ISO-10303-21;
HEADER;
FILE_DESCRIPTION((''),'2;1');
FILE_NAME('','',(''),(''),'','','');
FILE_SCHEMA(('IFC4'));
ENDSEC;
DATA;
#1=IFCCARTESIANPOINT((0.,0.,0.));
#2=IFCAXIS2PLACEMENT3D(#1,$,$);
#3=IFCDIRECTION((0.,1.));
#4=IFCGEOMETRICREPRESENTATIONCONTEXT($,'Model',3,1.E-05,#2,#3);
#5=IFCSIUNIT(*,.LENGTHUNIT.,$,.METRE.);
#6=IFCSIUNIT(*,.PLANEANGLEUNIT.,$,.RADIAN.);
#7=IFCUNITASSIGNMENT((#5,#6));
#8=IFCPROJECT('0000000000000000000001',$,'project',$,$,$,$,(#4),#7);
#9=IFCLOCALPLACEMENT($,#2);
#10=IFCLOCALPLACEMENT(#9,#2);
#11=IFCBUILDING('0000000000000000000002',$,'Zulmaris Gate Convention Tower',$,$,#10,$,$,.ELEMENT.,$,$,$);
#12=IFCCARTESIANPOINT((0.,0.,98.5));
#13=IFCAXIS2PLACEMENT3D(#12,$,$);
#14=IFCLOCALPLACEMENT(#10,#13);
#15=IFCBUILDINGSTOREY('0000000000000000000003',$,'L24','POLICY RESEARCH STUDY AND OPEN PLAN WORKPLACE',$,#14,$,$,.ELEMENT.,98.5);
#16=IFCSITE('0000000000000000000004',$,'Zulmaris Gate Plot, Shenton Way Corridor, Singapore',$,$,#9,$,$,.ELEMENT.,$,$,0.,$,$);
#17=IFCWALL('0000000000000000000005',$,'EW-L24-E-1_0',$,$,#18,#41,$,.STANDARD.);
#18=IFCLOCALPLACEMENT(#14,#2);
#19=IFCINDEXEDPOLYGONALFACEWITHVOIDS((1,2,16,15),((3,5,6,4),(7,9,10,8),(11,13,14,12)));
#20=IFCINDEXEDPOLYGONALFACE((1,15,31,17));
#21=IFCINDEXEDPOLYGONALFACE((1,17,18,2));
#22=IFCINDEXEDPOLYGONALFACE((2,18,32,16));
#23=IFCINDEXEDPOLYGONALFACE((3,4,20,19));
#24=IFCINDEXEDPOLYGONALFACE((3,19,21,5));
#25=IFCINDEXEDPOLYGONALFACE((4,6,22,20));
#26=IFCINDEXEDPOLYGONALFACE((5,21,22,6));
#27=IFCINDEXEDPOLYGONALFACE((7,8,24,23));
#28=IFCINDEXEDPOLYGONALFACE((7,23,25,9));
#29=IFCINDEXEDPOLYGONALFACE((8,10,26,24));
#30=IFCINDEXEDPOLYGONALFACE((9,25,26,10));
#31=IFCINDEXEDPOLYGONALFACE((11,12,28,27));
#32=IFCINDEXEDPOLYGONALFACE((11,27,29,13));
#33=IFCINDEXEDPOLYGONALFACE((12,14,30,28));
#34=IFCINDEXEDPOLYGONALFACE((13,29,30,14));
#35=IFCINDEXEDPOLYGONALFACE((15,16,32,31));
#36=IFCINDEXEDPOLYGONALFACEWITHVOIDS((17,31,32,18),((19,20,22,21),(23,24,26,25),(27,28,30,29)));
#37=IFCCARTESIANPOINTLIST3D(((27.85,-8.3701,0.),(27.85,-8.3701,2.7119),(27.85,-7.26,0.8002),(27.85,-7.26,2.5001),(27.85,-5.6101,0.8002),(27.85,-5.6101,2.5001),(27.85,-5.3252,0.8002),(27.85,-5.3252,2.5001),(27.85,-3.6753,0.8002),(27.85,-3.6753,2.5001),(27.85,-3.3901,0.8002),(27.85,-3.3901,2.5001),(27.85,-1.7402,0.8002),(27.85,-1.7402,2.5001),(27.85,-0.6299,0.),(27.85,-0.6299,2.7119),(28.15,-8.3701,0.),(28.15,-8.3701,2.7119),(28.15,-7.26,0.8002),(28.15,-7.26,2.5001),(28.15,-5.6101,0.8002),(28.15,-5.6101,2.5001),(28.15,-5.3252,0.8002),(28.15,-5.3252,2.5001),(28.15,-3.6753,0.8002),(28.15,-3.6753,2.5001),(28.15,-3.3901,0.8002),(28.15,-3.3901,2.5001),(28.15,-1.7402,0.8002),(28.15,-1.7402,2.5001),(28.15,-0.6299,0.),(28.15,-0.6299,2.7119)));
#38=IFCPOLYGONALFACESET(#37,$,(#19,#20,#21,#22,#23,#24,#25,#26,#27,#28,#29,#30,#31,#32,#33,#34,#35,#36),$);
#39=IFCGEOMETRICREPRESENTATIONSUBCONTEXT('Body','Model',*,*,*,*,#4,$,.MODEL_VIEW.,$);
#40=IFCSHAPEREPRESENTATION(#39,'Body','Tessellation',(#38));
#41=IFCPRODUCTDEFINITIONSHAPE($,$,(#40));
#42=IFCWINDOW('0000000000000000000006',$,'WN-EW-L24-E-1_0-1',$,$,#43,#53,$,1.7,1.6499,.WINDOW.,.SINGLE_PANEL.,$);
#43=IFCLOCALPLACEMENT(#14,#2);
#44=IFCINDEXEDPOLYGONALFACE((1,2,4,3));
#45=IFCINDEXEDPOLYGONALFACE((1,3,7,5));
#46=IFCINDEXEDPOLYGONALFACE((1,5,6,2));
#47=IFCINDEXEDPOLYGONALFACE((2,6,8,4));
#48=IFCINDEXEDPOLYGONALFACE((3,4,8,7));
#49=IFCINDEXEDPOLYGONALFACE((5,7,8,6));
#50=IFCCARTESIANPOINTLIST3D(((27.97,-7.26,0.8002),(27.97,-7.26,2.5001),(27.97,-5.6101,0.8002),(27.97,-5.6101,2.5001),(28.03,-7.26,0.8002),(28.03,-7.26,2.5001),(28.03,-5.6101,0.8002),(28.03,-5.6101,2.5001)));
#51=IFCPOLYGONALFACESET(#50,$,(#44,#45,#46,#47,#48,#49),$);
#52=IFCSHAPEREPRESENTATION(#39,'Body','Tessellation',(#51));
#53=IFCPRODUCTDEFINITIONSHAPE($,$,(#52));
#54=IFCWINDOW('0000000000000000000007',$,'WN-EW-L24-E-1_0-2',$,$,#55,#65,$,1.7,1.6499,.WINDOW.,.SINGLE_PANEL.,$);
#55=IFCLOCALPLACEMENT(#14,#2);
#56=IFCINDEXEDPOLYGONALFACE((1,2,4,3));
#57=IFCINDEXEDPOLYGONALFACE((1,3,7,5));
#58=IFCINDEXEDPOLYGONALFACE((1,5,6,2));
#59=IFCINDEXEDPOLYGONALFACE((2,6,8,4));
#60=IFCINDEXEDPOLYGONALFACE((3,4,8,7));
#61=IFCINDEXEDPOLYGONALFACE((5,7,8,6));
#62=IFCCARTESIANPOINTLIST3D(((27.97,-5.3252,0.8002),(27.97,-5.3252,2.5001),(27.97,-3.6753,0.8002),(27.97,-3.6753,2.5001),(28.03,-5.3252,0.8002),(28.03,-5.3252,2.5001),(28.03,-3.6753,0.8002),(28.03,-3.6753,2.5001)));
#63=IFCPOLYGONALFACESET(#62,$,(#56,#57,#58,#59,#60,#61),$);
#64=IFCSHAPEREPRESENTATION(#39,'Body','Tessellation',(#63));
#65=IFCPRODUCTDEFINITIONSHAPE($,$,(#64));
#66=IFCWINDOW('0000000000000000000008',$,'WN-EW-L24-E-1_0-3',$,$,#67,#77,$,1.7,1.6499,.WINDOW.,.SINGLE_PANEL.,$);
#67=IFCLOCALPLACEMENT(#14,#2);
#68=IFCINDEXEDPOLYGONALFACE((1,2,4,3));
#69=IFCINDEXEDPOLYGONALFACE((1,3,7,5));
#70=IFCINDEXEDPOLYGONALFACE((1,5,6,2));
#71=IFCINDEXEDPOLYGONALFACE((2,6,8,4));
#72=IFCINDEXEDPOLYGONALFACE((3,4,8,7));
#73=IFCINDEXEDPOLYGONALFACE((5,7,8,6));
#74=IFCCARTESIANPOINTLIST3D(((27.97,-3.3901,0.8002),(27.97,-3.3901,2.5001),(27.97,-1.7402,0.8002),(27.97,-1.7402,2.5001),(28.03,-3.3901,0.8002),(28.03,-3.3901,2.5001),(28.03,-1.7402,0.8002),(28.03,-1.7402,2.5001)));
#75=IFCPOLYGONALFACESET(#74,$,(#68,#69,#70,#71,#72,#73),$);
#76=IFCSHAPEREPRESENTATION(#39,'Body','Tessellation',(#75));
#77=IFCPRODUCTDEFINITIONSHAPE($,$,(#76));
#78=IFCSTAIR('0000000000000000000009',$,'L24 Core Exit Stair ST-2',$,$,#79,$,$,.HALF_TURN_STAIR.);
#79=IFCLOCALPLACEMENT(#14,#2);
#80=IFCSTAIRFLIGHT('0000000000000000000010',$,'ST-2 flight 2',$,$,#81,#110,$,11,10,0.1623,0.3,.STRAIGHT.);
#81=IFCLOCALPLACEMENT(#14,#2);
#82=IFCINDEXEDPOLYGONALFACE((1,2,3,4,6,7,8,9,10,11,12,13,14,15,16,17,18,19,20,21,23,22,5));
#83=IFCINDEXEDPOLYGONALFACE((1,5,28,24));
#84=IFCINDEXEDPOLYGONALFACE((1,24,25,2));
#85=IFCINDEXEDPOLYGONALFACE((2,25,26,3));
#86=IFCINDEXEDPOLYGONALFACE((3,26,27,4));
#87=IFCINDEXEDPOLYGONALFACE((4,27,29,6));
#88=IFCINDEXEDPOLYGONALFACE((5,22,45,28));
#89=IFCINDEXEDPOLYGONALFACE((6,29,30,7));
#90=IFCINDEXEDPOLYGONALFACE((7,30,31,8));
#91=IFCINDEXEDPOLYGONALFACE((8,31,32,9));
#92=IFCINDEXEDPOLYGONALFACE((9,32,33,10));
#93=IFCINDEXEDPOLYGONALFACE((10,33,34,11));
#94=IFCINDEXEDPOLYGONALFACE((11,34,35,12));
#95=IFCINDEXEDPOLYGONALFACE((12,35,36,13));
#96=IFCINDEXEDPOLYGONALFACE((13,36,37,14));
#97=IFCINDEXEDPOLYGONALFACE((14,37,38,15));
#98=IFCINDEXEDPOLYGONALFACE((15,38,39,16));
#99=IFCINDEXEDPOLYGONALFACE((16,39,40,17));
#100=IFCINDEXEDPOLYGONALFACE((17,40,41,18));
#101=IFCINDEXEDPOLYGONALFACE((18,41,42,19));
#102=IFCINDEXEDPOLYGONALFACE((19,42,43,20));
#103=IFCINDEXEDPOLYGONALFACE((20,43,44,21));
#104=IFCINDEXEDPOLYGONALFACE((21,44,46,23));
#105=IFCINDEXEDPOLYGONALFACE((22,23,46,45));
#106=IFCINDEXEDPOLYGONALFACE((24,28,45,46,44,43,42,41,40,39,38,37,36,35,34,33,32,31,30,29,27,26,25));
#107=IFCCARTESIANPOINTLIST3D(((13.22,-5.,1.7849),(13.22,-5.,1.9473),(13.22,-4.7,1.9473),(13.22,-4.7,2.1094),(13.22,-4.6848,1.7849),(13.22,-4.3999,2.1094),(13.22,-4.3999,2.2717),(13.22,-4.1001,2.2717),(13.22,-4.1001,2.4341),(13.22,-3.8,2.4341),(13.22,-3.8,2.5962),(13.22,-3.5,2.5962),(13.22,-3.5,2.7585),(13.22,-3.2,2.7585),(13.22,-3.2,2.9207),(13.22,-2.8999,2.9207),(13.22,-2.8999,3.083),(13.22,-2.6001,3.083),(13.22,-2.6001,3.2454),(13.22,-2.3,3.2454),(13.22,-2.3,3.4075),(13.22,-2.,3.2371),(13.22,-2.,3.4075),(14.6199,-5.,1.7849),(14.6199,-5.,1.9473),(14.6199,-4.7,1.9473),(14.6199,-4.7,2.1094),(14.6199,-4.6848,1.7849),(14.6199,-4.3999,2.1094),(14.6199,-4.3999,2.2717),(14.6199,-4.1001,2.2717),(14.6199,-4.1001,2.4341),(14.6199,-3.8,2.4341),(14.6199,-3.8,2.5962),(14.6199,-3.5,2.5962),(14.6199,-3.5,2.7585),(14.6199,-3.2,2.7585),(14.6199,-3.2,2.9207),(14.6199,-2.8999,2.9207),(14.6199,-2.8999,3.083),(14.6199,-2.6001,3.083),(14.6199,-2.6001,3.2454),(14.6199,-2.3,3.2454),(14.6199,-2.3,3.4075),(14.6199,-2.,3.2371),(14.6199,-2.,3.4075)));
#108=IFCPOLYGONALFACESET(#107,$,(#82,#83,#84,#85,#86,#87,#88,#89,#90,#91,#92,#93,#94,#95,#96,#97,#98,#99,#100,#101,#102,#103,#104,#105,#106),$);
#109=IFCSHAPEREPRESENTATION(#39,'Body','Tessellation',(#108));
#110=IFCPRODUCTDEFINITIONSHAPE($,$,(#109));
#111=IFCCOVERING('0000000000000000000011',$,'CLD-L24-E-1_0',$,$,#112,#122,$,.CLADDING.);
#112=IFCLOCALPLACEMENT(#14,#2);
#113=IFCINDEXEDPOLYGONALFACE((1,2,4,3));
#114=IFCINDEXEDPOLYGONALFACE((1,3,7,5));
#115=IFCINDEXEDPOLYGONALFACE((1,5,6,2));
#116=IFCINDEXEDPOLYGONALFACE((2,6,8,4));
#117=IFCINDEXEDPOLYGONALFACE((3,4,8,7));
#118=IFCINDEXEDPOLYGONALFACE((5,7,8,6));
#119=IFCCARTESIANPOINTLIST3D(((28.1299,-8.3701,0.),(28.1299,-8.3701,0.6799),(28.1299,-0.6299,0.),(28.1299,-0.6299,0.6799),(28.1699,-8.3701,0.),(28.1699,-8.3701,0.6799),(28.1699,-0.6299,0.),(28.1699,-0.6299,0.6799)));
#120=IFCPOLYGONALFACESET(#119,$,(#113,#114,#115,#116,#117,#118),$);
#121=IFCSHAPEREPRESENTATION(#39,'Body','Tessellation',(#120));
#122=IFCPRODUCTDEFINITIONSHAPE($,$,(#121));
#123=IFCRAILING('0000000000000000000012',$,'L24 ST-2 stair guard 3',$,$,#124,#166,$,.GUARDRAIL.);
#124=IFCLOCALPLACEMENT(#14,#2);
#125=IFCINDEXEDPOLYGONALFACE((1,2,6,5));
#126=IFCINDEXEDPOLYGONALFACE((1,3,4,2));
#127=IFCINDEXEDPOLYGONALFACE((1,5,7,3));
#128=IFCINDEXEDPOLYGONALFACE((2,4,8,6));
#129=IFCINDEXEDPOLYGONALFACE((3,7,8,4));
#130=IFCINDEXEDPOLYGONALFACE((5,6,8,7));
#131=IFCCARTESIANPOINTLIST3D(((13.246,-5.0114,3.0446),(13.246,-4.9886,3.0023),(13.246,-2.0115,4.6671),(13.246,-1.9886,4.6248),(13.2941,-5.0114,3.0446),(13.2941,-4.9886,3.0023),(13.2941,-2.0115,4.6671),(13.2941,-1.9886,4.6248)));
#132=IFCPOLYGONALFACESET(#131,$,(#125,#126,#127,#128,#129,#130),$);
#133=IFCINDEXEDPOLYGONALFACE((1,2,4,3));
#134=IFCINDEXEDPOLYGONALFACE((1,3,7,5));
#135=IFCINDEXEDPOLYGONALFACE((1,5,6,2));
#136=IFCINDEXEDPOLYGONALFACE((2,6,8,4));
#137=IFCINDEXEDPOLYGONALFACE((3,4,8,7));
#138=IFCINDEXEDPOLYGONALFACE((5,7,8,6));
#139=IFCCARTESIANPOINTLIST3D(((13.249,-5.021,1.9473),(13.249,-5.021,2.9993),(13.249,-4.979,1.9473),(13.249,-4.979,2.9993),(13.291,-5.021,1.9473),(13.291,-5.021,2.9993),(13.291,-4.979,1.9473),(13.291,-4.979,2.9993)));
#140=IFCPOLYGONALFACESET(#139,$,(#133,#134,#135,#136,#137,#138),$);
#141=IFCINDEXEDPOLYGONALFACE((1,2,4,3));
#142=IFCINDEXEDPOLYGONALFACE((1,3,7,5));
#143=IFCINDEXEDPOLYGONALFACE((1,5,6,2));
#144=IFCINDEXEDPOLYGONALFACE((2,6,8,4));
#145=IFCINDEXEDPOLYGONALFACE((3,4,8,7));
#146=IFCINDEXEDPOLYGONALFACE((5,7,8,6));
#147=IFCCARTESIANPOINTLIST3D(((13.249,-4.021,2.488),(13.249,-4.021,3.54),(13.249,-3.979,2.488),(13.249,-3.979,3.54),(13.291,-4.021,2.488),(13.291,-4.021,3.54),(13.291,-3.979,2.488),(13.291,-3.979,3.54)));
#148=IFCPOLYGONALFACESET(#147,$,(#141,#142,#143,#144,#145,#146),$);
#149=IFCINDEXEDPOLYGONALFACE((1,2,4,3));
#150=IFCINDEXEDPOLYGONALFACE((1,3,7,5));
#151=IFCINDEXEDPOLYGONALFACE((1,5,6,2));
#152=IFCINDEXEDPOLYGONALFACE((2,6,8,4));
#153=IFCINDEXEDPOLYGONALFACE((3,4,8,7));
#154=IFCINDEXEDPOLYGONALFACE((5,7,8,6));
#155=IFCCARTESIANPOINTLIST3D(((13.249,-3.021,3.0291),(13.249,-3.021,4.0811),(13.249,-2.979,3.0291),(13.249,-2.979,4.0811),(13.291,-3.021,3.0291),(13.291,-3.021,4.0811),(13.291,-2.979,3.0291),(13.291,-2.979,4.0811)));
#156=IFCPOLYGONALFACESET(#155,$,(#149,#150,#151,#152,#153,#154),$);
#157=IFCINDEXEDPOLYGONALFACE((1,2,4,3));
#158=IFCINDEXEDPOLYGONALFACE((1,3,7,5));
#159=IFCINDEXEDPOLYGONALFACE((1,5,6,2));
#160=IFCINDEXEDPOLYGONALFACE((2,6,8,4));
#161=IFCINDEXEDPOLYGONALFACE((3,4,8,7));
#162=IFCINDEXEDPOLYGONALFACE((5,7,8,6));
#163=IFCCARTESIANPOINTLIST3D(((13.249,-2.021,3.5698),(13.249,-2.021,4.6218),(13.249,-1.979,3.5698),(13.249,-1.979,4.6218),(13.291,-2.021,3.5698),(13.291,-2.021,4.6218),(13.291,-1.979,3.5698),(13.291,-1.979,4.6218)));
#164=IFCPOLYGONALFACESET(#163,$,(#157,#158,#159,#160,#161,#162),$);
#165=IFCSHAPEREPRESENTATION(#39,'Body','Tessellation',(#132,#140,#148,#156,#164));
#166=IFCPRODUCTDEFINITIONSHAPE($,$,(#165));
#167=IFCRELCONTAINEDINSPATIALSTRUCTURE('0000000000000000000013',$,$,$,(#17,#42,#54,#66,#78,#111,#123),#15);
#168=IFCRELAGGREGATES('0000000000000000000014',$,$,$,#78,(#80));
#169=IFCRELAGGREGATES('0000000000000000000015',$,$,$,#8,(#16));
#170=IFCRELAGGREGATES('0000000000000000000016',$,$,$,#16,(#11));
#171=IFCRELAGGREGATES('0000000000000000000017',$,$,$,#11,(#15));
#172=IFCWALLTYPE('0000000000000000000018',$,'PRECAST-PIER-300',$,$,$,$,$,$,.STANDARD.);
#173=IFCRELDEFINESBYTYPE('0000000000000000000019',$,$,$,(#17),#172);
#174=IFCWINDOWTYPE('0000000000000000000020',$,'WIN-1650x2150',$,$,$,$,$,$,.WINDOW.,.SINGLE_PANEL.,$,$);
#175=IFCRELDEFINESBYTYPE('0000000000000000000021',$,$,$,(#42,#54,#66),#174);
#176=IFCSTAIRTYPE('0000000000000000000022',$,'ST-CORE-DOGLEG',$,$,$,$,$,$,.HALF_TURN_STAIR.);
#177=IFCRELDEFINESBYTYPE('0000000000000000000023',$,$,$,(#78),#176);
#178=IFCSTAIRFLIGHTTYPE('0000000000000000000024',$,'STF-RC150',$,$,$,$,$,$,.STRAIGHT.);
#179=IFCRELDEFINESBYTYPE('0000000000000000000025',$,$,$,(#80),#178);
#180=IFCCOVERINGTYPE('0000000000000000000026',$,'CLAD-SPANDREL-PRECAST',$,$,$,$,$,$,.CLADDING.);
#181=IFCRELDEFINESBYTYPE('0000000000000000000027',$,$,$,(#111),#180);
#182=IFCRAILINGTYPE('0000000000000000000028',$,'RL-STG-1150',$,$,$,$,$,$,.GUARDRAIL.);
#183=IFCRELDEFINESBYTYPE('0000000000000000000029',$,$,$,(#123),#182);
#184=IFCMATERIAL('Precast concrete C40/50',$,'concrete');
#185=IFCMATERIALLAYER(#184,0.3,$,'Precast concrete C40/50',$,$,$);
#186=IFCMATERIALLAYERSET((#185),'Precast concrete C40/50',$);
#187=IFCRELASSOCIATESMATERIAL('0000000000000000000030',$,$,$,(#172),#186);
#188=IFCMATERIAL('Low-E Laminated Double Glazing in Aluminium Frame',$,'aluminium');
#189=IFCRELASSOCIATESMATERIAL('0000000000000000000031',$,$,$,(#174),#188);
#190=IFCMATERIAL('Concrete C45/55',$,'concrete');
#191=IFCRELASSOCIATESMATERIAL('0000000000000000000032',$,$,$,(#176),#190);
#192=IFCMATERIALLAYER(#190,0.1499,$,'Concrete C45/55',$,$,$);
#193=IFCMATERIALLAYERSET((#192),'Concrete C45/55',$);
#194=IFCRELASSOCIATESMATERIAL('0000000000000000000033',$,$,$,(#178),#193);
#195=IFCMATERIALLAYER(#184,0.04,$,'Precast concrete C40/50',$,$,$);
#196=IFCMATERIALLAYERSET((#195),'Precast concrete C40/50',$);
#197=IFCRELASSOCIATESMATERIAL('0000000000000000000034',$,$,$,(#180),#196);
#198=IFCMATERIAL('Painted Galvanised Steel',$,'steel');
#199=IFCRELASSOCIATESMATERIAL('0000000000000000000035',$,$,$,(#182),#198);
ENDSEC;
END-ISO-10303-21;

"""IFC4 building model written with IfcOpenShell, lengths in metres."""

from ifc_helpers import new_model, si_unit, direction, frame, frame_2d, origin, origin_2d, place, context, subcontext, project, spatial, polyline, rectangle, outline, extrude, material, layer, layer_set, type_object, element, fill, aggregate, save


model = new_model("IFC4")

# Units and contexts
model_context = context("Model", 3, precision=1e-05, world=origin(), true_north=direction((0.0, 1.0)))
body_context = subcontext(model_context, "Body", "Model", "MODEL_VIEW")
ifc_project = project(units=[si_unit("LENGTHUNIT", "METRE"), si_unit("PLANEANGLEUNIT", "RADIAN")], contexts=[model_context])

# Site, building, storey
site_placement = place(None, origin())
site = spatial("IfcSite", under=ifc_project, at=site_placement, Name="Zulmaris Gate Plot, Shenton Way Corridor, Singapore", CompositionType="ELEMENT", RefElevation=0.0)
building_placement = place(site_placement, origin())
building = spatial("IfcBuilding", under=site, at=building_placement, Name="Zulmaris Gate Convention Tower", CompositionType="ELEMENT")
storey_placement = place(building_placement, frame((0.0, 0.0, 98.5)))
storey = spatial("IfcBuildingStorey", under=building, at=storey_placement, Name="L24", Description="POLICY RESEARCH STUDY AND OPEN PLAN WORKPLACE", CompositionType="ELEMENT", Elevation=98.5)

# Wall, openings, windows
ifc_material_1 = material(Name="Precast concrete C40/50", Category="concrete")
ifc_layer_1 = layer(ifc_material_1, 0.3, Name="Precast concrete C40/50")
ifc_layer_set_1 = layer_set([ifc_layer_1], Name="Precast concrete C40/50")
wall_type_1 = type_object("IfcWallType", Name="PRECAST-PIER-300", PredefinedType="STANDARD", material=ifc_layer_set_1)
wall_1_placement = place(storey_placement, frame((28.0, -8.3701, 0.0), z_axis=(0.0, 0.0, 1.0), x_axis=(0.0, 1.0, 0.0)))
wall_1 = element("IfcWall", 1, at=wall_1_placement, inside=storey, type_object=wall_type_1, Name="EW-L24-E-1_0", PredefinedType="STANDARD", context=body_context, shape_type="SweptSolid", body=[
    extrude(rectangle(XDim=7.7402, YDim=0.3, at=frame_2d((3.8701, 0.0))), origin(), (0.0, 0.0, 1.0), 2.7119),
])
opening_1_placement = place(wall_1_placement, frame((1.1101, 0.0, 0.8)))
opening_1 = element("IfcOpeningElement", 2, at=opening_1_placement, cuts=wall_1, PredefinedType="OPENING", context=body_context, shape_type="SweptSolid", body=[
    extrude(rectangle(XDim=1.6499, YDim=1.7, at=frame_2d((0.825, 0.8501))), frame((0.0, 0.1602, 0.0), z_axis=(0.0, -1.0, 0.0), x_axis=(1.0, 0.0, 0.0)), (0.0, 0.0, 1.0), 0.3201),
])
opening_2_placement = place(wall_1_placement, frame((3.0449, 0.0, 0.8)))
opening_2 = element("IfcOpeningElement", 3, at=opening_2_placement, cuts=wall_1, PredefinedType="OPENING", context=body_context, shape_type="SweptSolid", body=[
    extrude(rectangle(XDim=1.6499, YDim=1.7, at=frame_2d((0.825, 0.8501))), frame((0.0, 0.1602, 0.0), z_axis=(0.0, -1.0, 0.0), x_axis=(1.0, 0.0, 0.0)), (0.0, 0.0, 1.0), 0.3201),
])
opening_3_placement = place(wall_1_placement, frame((4.98, 0.0, 0.8)))
opening_3 = element("IfcOpeningElement", 4, at=opening_3_placement, cuts=wall_1, PredefinedType="OPENING", context=body_context, shape_type="SweptSolid", body=[
    extrude(rectangle(XDim=1.6499, YDim=1.7, at=frame_2d((0.825, 0.8501))), frame((0.0, 0.1602, 0.0), z_axis=(0.0, -1.0, 0.0), x_axis=(1.0, 0.0, 0.0)), (0.0, 0.0, 1.0), 0.3201),
])
ifc_material_2 = material(Name="Low-E Laminated Double Glazing in Aluminium Frame", Category="aluminium")
window_type = type_object("IfcWindowType", Name="WIN-1650x2150", PartitioningType="SINGLE_PANEL", PredefinedType="WINDOW", material=ifc_material_2)
window_1_placement = place(opening_1_placement, origin())
window_1 = element("IfcWindow", 5, at=window_1_placement, inside=storey, type_object=window_type, Name="WN-EW-L24-E-1_0-1", OverallHeight=1.7, OverallWidth=1.6499, PartitioningType="SINGLE_PANEL", PredefinedType="WINDOW", context=body_context, shape_type="SweptSolid", body=[
    extrude(rectangle(XDim=1.6499, YDim=1.7, at=frame_2d((0.825, 0.8501))), frame((0.0, 0.03, 0.0), z_axis=(0.0, -1.0, 0.0), x_axis=(1.0, 0.0, 0.0)), (0.0, 0.0, 1.0), 0.0601),
])
fill(opening_1, window_1)
window_2_placement = place(opening_2_placement, origin())
window_2 = element("IfcWindow", 6, at=window_2_placement, inside=storey, type_object=window_type, Name="WN-EW-L24-E-1_0-2", OverallHeight=1.7, OverallWidth=1.6499, PartitioningType="SINGLE_PANEL", PredefinedType="WINDOW", context=body_context, shape_type="SweptSolid", body=[
    extrude(rectangle(XDim=1.6499, YDim=1.7, at=frame_2d((0.825, 0.8501))), frame((0.0, 0.03, 0.0), z_axis=(0.0, -1.0, 0.0), x_axis=(1.0, 0.0, 0.0)), (0.0, 0.0, 1.0), 0.0601),
])
fill(opening_2, window_2)
window_3_placement = place(opening_3_placement, origin())
window_3 = element("IfcWindow", 7, at=window_3_placement, inside=storey, type_object=window_type, Name="WN-EW-L24-E-1_0-3", OverallHeight=1.7, OverallWidth=1.6499, PartitioningType="SINGLE_PANEL", PredefinedType="WINDOW", context=body_context, shape_type="SweptSolid", body=[
    extrude(rectangle(XDim=1.6499, YDim=1.7, at=frame_2d((0.825, 0.8501))), frame((0.0, 0.03, 0.0), z_axis=(0.0, -1.0, 0.0), x_axis=(1.0, 0.0, 0.0)), (0.0, 0.0, 1.0), 0.0601),
])
fill(opening_3, window_3)

# Stair, stair flight
ifc_material_3 = material(Name="Concrete C45/55", Category="concrete")
stair_type = type_object("IfcStairType", Name="ST-CORE-DOGLEG", PredefinedType="HALF_TURN_STAIR", material=ifc_material_3)
stair_placement = place(storey_placement, origin())
stair = element("IfcStair", 8, at=stair_placement, inside=storey, type_object=stair_type, Name="L24 Core Exit Stair ST-2", PredefinedType="HALF_TURN_STAIR")
ifc_layer_2 = layer(ifc_material_3, 0.1499, Name="Concrete C45/55")
ifc_layer_set_2 = layer_set([ifc_layer_2], Name="Concrete C45/55")
stair_flight_type = type_object("IfcStairFlightType", Name="STF-RC150", PredefinedType="STRAIGHT", material=ifc_layer_set_2)
stair_flight_placement = place(storey_placement, frame((13.9199, -5.0, 1.7849), z_axis=(0.0, 0.0, 1.0), x_axis=(0.0, 1.0, 0.0)))
stair_flight = element("IfcStairFlight", 9, at=stair_flight_placement, type_object=stair_flight_type, Name="ST-2 flight 2", NumberOfRisers=11, NumberOfTreads=10, PredefinedType="STRAIGHT", RiserHeight=0.1623, TreadLength=0.3, context=body_context, shape_type="SweptSolid", body=[
    extrude(outline(polyline([(0.0, 0.0), (0.0, 0.1624), (0.3, 0.1624), (0.3, 0.3245), (0.6001, 0.3245), (0.6001, 0.4868), (0.8999, 0.4868), (0.8999, 0.6492), (1.2, 0.6492), (1.2, 0.8113), (1.5, 0.8113), (1.5, 0.9736), (1.8, 0.9736), (1.8, 1.1357), (2.1001, 1.1357), (2.1001, 1.2981), (2.3999, 1.2981), (2.3999, 1.4604), (2.7, 1.4604), (2.7, 1.6226), (3.0, 1.6226), (3.0, 1.7849), (3.0, 1.4521), (0.3152, 0.0), (0.0, 0.0)])), frame((0.0, 0.7, 0.0), z_axis=(0.0, -1.0, 0.0), x_axis=(1.0, 0.0, 0.0)), (0.0, 0.0, 1.0), 1.3999),
])
aggregate(stair, [stair_flight])

# Covering
ifc_layer_3 = layer(ifc_material_1, 0.04, Name="Precast concrete C40/50")
ifc_layer_set_3 = layer_set([ifc_layer_3], Name="Precast concrete C40/50")
covering_type = type_object("IfcCoveringType", Name="CLAD-SPANDREL-PRECAST", PredefinedType="CLADDING", material=ifc_layer_set_3)
covering_placement = place(storey_placement, frame((28.1499, -8.3701, 0.0), z_axis=(0.0, 0.0, 1.0), x_axis=(0.0, 1.0, 0.0)))
element("IfcCovering", 10, at=covering_placement, inside=storey, type_object=covering_type, Name="CLD-L24-E-1_0", PredefinedType="CLADDING", context=body_context, shape_type="SweptSolid", body=[
    extrude(rectangle(XDim=7.7402, YDim=0.04, at=frame_2d((3.8701, 0.0))), origin(), (0.0, 0.0, 1.0), 0.6799),
])

# Railing
ifc_material_4 = material(Name="Painted Galvanised Steel", Category="steel")
railing_type_1 = type_object("IfcRailingType", Name="RL-STG-1150", PredefinedType="GUARDRAIL", material=ifc_material_4)
railing_1_placement = place(storey_placement, frame((13.27, -5.0, 1.9473)))
element("IfcRailing", 11, at=railing_1_placement, inside=storey, type_object=railing_type_1, Name="L24 ST-2 stair guard 3", PredefinedType="GUARDRAIL", context=body_context, shape_type="SweptSolid", body=[
    extrude(rectangle(XDim=0.0481, YDim=0.0481, at=origin_2d()), frame((0.0, 0.0, 1.0762), z_axis=(0.0, 0.879592, 0.47573), x_axis=(-1.0, 0.0, 0.0)), (0.0, 0.0, 1.0), 3.4106),
    extrude(rectangle(XDim=0.042, YDim=0.042, at=origin_2d()), origin(), (0.0, 0.0, 1.0), 1.052),
    extrude(rectangle(XDim=0.042, YDim=0.042, at=origin_2d()), frame((0.0, 1.0, 0.5408)), (0.0, 0.0, 1.0), 1.052),
    extrude(rectangle(XDim=0.042, YDim=0.042, at=origin_2d()), frame((0.0, 2.0, 1.0818)), (0.0, 0.0, 1.0), 1.052),
    extrude(rectangle(XDim=0.042, YDim=0.042, at=origin_2d()), frame((0.0, 3.0, 1.6226)), (0.0, 0.0, 1.0), 1.052),
])

save(model, "model.ifc")
